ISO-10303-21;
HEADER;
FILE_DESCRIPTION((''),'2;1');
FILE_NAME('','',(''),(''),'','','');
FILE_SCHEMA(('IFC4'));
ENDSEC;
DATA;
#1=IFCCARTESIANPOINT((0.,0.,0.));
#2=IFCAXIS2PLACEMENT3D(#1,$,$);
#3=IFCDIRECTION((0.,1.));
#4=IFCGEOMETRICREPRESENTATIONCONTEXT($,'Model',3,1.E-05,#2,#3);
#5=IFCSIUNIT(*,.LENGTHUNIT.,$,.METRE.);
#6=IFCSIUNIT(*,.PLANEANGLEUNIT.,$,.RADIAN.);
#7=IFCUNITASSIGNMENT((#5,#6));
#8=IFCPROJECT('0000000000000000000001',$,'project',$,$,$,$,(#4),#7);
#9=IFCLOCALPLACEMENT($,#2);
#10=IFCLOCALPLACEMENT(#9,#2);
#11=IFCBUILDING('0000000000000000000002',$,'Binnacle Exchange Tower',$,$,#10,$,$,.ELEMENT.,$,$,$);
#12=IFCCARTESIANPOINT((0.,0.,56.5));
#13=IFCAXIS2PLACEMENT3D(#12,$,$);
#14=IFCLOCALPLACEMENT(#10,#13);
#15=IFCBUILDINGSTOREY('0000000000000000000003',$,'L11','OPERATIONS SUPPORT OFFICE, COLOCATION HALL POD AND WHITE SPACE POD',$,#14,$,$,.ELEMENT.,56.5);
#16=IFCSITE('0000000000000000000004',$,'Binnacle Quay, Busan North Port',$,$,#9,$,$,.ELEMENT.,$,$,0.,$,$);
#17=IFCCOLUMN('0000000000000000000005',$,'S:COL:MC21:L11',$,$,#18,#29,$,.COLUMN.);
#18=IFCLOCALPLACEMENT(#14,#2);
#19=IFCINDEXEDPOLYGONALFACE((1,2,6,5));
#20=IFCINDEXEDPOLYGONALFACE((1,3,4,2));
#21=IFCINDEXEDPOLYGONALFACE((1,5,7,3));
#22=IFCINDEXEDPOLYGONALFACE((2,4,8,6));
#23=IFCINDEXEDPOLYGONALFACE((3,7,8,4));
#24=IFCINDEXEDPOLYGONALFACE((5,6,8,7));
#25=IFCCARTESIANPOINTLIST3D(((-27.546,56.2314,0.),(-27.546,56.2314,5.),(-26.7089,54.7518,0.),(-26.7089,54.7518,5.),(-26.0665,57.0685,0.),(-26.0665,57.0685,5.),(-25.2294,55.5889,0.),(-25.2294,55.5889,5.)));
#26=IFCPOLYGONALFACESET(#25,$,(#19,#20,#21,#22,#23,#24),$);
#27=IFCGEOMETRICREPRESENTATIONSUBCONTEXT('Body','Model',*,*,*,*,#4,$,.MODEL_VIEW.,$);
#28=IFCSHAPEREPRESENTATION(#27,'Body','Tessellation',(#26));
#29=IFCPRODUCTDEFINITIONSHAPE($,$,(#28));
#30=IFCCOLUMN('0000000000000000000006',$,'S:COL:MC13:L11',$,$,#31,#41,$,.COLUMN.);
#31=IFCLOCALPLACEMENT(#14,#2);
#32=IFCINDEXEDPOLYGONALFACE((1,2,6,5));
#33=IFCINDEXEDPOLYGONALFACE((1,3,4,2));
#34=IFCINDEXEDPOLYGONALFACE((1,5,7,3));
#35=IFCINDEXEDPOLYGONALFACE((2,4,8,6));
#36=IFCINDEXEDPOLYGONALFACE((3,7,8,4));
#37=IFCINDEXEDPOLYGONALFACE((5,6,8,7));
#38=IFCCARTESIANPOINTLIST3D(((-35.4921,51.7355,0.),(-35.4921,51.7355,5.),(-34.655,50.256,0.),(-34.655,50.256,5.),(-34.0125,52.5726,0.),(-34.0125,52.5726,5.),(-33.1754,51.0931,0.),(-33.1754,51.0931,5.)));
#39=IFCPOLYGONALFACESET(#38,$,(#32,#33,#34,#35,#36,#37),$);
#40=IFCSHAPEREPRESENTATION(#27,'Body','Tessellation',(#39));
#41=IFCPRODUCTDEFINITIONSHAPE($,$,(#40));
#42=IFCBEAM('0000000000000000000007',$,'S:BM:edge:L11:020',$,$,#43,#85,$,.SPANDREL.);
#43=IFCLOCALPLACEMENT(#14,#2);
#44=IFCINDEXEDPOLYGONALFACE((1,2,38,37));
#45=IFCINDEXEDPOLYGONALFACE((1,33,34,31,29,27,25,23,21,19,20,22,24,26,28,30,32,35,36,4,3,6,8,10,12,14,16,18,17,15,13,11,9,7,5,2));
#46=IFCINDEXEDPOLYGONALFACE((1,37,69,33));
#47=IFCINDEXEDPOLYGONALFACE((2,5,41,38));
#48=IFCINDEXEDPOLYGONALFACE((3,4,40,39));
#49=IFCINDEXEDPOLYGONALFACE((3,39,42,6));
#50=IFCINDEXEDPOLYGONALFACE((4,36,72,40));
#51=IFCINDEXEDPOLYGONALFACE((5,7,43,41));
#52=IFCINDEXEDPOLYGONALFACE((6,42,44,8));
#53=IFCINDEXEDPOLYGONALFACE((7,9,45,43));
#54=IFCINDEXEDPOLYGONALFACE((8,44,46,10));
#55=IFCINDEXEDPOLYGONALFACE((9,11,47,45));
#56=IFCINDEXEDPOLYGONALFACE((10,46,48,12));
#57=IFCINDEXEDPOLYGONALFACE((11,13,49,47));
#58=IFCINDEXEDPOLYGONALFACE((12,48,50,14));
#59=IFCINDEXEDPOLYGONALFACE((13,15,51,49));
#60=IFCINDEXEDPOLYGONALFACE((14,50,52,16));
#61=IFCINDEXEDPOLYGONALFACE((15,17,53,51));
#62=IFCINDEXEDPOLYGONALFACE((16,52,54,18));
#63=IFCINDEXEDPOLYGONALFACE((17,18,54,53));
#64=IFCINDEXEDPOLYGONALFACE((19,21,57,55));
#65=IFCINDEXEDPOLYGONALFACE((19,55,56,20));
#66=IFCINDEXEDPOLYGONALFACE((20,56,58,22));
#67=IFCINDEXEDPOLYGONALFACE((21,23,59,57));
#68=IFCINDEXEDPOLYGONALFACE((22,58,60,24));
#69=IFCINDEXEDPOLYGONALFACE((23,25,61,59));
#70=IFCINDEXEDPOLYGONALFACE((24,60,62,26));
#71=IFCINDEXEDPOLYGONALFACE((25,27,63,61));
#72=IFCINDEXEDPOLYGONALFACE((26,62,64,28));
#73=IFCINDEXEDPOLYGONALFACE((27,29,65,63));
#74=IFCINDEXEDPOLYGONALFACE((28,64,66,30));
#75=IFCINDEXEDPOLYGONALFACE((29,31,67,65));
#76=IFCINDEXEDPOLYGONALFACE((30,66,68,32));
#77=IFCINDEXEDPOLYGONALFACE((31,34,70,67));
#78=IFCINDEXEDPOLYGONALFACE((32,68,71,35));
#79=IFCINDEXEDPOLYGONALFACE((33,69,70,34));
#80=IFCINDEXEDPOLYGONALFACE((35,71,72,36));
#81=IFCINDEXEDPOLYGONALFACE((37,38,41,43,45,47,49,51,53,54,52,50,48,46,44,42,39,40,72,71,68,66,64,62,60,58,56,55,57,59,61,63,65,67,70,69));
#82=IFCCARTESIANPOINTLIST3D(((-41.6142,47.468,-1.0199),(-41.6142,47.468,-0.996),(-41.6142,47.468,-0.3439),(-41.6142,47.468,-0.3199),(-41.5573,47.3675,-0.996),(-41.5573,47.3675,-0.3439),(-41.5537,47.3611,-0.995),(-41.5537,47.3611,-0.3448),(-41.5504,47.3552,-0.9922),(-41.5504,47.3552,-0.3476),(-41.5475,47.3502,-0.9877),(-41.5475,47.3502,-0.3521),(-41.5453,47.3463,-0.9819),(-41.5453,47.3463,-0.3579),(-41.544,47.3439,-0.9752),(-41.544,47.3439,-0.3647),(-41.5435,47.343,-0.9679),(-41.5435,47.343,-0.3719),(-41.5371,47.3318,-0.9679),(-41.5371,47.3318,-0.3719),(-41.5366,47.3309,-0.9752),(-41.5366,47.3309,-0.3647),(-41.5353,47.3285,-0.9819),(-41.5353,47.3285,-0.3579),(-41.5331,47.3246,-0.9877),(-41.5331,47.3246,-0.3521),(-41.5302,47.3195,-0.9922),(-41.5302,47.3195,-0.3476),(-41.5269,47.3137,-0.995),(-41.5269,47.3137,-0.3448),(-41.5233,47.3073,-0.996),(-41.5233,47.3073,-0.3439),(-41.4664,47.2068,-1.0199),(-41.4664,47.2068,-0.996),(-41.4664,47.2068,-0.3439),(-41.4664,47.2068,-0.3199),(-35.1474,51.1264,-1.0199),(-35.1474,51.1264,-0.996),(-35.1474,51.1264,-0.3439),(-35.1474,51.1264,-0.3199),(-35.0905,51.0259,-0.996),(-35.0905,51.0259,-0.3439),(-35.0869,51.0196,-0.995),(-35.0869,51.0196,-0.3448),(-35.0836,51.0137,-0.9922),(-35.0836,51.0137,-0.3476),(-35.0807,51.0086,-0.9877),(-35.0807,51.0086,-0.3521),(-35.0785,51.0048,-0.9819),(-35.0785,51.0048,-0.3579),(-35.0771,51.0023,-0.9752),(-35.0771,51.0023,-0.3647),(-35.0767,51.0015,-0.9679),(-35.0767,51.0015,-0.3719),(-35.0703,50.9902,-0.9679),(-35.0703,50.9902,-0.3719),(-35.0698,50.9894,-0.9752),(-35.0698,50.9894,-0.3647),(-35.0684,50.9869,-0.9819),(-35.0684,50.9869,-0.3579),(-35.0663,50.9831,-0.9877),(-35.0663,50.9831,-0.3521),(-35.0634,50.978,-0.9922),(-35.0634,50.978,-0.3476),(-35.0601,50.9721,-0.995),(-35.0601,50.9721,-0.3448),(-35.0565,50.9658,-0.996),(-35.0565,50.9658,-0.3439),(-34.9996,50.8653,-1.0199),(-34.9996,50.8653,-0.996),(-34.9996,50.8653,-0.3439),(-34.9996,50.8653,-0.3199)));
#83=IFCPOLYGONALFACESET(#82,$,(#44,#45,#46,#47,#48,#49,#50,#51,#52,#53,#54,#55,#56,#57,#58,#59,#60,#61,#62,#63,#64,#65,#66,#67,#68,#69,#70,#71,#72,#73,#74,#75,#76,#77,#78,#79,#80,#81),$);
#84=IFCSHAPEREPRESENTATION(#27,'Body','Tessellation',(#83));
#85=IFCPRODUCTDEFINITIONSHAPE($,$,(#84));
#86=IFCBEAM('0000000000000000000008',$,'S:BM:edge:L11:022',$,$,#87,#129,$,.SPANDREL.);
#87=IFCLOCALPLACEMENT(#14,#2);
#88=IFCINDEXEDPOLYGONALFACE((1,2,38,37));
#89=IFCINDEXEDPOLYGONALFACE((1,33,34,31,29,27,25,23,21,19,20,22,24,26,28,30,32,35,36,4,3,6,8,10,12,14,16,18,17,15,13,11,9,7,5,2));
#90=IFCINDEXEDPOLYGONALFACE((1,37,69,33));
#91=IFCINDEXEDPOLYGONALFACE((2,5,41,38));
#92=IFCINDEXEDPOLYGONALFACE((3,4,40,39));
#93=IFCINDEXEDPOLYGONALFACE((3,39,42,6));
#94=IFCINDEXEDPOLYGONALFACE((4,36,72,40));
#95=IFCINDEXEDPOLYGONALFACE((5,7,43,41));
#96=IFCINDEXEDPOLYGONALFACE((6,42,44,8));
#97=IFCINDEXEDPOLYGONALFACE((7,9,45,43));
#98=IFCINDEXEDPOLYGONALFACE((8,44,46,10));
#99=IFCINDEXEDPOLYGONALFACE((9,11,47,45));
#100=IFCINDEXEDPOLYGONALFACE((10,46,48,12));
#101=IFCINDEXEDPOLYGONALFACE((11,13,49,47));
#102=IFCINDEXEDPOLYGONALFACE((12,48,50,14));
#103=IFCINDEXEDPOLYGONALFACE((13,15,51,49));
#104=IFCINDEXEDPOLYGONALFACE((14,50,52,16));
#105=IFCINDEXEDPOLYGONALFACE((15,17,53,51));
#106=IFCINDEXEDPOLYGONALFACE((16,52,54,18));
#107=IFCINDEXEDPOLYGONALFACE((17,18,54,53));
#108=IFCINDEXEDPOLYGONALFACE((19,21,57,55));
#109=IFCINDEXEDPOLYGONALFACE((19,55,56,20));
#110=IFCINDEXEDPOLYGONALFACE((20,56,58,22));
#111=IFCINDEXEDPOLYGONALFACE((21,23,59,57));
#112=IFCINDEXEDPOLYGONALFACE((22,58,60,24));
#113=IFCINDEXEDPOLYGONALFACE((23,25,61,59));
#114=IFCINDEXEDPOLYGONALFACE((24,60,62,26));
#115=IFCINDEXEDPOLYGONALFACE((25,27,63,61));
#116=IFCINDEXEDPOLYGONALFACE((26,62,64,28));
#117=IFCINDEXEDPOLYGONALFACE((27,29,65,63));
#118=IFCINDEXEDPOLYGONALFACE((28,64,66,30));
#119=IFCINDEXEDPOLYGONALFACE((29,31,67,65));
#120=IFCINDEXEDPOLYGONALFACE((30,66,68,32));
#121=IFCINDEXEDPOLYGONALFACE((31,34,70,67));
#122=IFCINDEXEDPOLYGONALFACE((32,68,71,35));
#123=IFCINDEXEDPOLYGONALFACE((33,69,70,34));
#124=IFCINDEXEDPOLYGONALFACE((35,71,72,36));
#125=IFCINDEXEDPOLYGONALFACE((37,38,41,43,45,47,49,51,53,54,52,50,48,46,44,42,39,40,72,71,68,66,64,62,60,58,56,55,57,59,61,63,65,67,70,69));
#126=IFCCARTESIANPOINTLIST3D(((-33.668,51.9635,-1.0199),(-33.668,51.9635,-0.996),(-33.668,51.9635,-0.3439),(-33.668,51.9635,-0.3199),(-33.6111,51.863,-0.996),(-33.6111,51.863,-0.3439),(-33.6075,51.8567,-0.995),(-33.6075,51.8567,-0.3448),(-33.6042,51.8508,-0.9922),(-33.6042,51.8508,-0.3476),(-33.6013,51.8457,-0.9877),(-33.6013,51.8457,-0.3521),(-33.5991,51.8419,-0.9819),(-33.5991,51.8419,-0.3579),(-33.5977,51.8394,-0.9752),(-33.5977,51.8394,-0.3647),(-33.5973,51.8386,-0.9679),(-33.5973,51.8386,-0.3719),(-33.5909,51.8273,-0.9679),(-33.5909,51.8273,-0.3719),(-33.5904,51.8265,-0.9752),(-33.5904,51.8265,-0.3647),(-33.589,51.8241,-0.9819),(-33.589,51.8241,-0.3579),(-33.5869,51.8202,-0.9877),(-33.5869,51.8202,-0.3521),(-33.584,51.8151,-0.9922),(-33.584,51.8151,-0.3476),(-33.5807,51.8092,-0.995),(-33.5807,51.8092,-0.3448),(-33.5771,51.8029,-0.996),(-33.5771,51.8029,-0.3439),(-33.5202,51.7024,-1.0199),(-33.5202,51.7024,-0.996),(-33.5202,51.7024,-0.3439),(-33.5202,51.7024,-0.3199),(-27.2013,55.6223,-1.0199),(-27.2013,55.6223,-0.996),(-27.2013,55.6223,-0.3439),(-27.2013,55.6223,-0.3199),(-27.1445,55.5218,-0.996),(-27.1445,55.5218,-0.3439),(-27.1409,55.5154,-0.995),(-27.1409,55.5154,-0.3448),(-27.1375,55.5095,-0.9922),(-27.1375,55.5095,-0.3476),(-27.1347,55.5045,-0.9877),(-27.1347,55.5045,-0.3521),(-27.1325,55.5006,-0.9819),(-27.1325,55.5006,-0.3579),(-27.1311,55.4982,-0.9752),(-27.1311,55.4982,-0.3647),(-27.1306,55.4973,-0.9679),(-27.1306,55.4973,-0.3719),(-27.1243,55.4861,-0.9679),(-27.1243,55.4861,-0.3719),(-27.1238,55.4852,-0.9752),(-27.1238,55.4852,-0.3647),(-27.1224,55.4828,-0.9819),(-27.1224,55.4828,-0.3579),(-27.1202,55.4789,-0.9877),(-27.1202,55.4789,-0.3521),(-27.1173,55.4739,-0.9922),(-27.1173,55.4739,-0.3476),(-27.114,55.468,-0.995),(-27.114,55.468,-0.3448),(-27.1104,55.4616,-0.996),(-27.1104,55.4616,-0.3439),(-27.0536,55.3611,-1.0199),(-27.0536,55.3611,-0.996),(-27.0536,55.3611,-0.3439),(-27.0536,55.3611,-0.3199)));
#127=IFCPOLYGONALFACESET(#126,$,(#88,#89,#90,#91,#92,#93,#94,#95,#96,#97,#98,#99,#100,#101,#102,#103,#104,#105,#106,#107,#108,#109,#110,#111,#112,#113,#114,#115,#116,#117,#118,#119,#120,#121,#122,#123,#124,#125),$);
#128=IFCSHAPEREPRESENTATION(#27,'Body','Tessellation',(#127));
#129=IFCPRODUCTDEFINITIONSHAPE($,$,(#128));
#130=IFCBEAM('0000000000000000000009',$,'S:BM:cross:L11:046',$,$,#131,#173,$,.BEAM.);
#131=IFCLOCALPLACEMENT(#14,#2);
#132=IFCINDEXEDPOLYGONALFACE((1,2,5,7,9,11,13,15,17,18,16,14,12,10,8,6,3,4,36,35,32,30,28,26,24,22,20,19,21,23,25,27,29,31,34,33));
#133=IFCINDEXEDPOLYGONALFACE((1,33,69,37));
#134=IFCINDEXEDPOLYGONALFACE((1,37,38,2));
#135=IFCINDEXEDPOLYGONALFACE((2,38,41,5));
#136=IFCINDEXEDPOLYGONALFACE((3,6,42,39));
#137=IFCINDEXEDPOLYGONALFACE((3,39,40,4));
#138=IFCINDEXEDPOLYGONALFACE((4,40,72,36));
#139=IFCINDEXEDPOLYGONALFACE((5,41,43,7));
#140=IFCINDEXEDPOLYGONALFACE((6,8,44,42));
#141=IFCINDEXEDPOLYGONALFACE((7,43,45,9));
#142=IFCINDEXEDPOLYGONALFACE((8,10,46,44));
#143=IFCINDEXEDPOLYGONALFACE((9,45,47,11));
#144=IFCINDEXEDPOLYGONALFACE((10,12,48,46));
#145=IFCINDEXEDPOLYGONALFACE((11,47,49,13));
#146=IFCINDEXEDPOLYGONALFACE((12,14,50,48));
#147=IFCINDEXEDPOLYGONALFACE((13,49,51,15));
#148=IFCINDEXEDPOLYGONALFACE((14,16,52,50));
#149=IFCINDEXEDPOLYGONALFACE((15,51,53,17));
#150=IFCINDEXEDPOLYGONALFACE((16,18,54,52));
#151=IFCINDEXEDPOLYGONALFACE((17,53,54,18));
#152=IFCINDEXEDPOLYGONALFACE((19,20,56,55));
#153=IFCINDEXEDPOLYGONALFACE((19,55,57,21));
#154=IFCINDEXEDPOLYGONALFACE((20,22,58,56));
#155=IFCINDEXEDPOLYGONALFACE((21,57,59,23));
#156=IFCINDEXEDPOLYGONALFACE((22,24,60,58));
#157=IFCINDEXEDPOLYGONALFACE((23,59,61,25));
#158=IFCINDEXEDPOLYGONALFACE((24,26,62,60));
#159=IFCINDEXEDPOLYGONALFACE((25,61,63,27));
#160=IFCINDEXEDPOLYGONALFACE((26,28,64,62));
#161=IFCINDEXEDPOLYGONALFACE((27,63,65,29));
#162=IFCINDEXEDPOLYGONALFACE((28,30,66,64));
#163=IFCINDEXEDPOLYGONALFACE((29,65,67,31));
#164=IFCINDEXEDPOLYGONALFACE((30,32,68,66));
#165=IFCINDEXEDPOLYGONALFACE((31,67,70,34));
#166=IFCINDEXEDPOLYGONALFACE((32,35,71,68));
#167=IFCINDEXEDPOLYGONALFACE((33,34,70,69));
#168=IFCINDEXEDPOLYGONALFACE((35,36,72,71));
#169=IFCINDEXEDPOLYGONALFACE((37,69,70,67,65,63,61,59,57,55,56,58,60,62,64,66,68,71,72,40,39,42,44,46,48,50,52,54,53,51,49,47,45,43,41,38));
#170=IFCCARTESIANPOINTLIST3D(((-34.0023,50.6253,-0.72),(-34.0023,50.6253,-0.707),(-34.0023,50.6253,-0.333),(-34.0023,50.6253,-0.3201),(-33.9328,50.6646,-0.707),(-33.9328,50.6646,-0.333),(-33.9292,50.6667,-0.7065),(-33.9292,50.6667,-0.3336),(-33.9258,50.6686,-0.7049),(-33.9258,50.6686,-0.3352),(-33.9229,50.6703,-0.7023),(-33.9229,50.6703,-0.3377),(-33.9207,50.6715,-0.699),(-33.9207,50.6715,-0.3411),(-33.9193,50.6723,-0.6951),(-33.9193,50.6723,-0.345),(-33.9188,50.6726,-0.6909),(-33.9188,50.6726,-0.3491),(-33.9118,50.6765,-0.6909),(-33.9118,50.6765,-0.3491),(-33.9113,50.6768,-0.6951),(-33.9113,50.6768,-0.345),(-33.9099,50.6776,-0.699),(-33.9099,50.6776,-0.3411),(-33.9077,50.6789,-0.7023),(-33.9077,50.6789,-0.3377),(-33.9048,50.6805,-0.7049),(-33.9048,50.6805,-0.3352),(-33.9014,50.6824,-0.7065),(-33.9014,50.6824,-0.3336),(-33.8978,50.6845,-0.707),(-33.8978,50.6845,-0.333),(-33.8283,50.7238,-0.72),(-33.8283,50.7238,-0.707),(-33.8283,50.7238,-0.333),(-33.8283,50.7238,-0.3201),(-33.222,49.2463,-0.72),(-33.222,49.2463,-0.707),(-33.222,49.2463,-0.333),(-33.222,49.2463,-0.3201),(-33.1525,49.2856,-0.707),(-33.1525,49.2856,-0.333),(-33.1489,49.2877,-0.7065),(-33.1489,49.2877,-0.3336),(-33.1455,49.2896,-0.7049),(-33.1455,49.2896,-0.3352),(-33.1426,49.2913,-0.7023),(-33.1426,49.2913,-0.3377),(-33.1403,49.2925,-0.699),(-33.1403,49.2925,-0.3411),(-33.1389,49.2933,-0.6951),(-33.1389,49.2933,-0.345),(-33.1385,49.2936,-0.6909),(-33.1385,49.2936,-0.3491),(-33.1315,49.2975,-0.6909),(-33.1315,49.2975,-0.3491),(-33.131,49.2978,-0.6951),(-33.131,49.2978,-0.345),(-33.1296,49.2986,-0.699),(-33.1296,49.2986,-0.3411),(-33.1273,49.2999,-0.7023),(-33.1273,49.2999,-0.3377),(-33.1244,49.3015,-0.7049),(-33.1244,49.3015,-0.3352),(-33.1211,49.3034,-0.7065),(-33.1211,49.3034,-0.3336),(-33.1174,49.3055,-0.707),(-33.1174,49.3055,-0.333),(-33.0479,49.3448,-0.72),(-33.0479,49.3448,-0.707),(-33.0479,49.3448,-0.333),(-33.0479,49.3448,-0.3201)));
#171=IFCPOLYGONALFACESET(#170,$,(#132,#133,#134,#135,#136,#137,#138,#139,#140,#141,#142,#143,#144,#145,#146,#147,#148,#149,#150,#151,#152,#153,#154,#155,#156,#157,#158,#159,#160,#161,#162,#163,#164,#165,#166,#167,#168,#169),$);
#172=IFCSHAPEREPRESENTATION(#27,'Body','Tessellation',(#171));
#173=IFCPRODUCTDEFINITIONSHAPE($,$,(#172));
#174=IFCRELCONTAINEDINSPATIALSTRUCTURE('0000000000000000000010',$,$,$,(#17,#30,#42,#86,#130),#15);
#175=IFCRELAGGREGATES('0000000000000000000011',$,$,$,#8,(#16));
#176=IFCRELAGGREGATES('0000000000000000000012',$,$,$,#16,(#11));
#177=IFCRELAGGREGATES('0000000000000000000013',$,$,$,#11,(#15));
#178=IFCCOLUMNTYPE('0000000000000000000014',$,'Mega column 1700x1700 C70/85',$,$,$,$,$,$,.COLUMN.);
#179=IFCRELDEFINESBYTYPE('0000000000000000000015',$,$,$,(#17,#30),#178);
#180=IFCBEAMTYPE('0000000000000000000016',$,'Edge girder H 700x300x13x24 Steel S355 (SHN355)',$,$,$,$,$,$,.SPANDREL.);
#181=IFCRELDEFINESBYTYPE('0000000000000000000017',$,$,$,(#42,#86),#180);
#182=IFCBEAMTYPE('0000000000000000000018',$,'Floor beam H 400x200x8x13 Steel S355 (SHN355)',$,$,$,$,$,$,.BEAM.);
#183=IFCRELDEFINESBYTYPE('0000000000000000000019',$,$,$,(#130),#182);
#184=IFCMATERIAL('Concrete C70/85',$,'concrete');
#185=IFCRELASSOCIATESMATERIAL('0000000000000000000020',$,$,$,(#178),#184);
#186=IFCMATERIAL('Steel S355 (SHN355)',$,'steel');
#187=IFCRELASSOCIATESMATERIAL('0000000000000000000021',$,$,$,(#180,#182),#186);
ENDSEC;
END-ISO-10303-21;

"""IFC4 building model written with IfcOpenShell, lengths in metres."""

from ifc_helpers import new_model, si_unit, direction, frame, origin, origin_2d, place, context, subcontext, project, spatial, rectangle, i_section, extrude, material, material_profile, profile_set, type_object, element, save


model = new_model("IFC4")

# Units and contexts
model_context = context("Model", 3, precision=1e-05, world=origin(), true_north=direction((0.0, 1.0)))
body_context = subcontext(model_context, "Body", "Model", "MODEL_VIEW")
ifc_project = project(units=[si_unit("LENGTHUNIT", "METRE"), si_unit("PLANEANGLEUNIT", "RADIAN")], contexts=[model_context])

# Site, building, storey
site_placement = place(None, origin())
site = spatial("IfcSite", under=ifc_project, at=site_placement, Name="Binnacle Quay, Busan North Port", CompositionType="ELEMENT", RefElevation=0.0)
building_placement = place(site_placement, origin())
building = spatial("IfcBuilding", under=site, at=building_placement, Name="Binnacle Exchange Tower", CompositionType="ELEMENT")
storey_placement = place(building_placement, frame((0.0, 0.0, 56.5)))
storey = spatial("IfcBuildingStorey", under=building, at=storey_placement, Name="L11", Description="OPERATIONS SUPPORT OFFICE, COLOCATION HALL POD AND WHITE SPACE POD", CompositionType="ELEMENT", Elevation=56.5)

# Columns
ifc_material_1 = material(Name="Concrete C70/85", Category="concrete")
ifc_material_profile_1 = material_profile(ifc_material_1, rectangle(XDim=1.7, YDim=1.7, at=origin_2d()), Name="Mega column 1700x1700 C70/85")
ifc_profile_set_1 = profile_set([ifc_material_profile_1], Name="Concrete C70/85")
column_type = type_object("IfcColumnType", Name="Mega column 1700x1700 C70/85", PredefinedType="COLUMN", material=ifc_profile_set_1)
for number, where, z_axis, x_axis, name in (
    (1, (-26.3877, 55.9102, 0.0), (0.0, 0.0, 1.0), (-0.870356, -0.492424, 0.0), "S:COL:MC21:L11"),
    (2, (-34.3337, 51.4143, 0.0), (0.0, 0.0, 1.0), (-0.870356, -0.492424, 0.0), "S:COL:MC13:L11"),
):
    element("IfcColumn", number, at=place(storey_placement, frame(where, z_axis=z_axis, x_axis=x_axis)), inside=storey, type_object=column_type, Name=name, PredefinedType="COLUMN", context=body_context, shape_type="SweptSolid", body=[
        extrude(rectangle(XDim=1.7, YDim=1.7, at=origin_2d()), origin(), (0.0, 0.0, 1.0), 5.0),
    ])

# Beams
ifc_material_2 = material(Name="Steel S355 (SHN355)", Category="steel")
ifc_material_profile_2 = material_profile(ifc_material_2, i_section(OverallWidth=0.3, OverallDepth=0.7, WebThickness=0.0129, FlangeThickness=0.0239, FilletRadius=0.0281, at=origin_2d()), Name="H 700x300x13x24")
ifc_profile_set_2 = profile_set([ifc_material_profile_2], Name="Steel S355 (SHN355)")
beam_type_1 = type_object("IfcBeamType", Name="Edge girder H 700x300x13x24 Steel S355 (SHN355)", PredefinedType="SPANDREL", material=ifc_profile_set_2)
for number, where, z_axis, x_axis, name in (
    (3, (-35.0735, 50.9958, -0.6699), (-0.870372, -0.492394, 0.0), (0.492394, -0.870372, 0.0), "S:BM:edge:L11:020"),
    (4, (-27.1274, 55.4917, -0.6699), (-0.87035, -0.492433, 0.0), (0.492433, -0.87035, 0.0), "S:BM:edge:L11:022"),
):
    element("IfcBeam", number, at=place(storey_placement, frame(where, z_axis=z_axis, x_axis=x_axis)), inside=storey, type_object=beam_type_1, Name=name, PredefinedType="SPANDREL", context=body_context, shape_type="SweptSolid", body=[
        extrude(i_section(OverallWidth=0.3, OverallDepth=0.7, WebThickness=0.0129, FlangeThickness=0.0239, FilletRadius=0.0281, at=origin_2d()), origin(), (0.0, 0.0, 1.0), 7.4299),
    ])
ifc_material_profile_3 = material_profile(ifc_material_2, i_section(OverallWidth=0.2, OverallDepth=0.3999, WebThickness=0.0081, FlangeThickness=0.0129, FilletRadius=0.0161, at=origin_2d()), Name="H 400x200x8x13")
ifc_profile_set_3 = profile_set([ifc_material_profile_3], Name="Steel S355 (SHN355)")
beam_type_2 = type_object("IfcBeamType", Name="Floor beam H 400x200x8x13 Steel S355 (SHN355)", PredefinedType="BEAM", material=ifc_profile_set_3)
beam_1_placement = place(storey_placement, frame((-33.9153, 50.6746, -0.52), z_axis=(0.492484, -0.870322, 0.0), x_axis=(0.870322, 0.492484, 0.0)))
element("IfcBeam", 5, at=beam_1_placement, inside=storey, type_object=beam_type_2, Name="S:BM:cross:L11:046", PredefinedType="BEAM", context=body_context, shape_type="SweptSolid", body=[
    extrude(i_section(OverallWidth=0.2, OverallDepth=0.3999, WebThickness=0.0081, FlangeThickness=0.0129, FilletRadius=0.0161, at=origin_2d()), origin(), (0.0, 0.0, 1.0), 1.5845),
])

save(model, "model.ifc")
